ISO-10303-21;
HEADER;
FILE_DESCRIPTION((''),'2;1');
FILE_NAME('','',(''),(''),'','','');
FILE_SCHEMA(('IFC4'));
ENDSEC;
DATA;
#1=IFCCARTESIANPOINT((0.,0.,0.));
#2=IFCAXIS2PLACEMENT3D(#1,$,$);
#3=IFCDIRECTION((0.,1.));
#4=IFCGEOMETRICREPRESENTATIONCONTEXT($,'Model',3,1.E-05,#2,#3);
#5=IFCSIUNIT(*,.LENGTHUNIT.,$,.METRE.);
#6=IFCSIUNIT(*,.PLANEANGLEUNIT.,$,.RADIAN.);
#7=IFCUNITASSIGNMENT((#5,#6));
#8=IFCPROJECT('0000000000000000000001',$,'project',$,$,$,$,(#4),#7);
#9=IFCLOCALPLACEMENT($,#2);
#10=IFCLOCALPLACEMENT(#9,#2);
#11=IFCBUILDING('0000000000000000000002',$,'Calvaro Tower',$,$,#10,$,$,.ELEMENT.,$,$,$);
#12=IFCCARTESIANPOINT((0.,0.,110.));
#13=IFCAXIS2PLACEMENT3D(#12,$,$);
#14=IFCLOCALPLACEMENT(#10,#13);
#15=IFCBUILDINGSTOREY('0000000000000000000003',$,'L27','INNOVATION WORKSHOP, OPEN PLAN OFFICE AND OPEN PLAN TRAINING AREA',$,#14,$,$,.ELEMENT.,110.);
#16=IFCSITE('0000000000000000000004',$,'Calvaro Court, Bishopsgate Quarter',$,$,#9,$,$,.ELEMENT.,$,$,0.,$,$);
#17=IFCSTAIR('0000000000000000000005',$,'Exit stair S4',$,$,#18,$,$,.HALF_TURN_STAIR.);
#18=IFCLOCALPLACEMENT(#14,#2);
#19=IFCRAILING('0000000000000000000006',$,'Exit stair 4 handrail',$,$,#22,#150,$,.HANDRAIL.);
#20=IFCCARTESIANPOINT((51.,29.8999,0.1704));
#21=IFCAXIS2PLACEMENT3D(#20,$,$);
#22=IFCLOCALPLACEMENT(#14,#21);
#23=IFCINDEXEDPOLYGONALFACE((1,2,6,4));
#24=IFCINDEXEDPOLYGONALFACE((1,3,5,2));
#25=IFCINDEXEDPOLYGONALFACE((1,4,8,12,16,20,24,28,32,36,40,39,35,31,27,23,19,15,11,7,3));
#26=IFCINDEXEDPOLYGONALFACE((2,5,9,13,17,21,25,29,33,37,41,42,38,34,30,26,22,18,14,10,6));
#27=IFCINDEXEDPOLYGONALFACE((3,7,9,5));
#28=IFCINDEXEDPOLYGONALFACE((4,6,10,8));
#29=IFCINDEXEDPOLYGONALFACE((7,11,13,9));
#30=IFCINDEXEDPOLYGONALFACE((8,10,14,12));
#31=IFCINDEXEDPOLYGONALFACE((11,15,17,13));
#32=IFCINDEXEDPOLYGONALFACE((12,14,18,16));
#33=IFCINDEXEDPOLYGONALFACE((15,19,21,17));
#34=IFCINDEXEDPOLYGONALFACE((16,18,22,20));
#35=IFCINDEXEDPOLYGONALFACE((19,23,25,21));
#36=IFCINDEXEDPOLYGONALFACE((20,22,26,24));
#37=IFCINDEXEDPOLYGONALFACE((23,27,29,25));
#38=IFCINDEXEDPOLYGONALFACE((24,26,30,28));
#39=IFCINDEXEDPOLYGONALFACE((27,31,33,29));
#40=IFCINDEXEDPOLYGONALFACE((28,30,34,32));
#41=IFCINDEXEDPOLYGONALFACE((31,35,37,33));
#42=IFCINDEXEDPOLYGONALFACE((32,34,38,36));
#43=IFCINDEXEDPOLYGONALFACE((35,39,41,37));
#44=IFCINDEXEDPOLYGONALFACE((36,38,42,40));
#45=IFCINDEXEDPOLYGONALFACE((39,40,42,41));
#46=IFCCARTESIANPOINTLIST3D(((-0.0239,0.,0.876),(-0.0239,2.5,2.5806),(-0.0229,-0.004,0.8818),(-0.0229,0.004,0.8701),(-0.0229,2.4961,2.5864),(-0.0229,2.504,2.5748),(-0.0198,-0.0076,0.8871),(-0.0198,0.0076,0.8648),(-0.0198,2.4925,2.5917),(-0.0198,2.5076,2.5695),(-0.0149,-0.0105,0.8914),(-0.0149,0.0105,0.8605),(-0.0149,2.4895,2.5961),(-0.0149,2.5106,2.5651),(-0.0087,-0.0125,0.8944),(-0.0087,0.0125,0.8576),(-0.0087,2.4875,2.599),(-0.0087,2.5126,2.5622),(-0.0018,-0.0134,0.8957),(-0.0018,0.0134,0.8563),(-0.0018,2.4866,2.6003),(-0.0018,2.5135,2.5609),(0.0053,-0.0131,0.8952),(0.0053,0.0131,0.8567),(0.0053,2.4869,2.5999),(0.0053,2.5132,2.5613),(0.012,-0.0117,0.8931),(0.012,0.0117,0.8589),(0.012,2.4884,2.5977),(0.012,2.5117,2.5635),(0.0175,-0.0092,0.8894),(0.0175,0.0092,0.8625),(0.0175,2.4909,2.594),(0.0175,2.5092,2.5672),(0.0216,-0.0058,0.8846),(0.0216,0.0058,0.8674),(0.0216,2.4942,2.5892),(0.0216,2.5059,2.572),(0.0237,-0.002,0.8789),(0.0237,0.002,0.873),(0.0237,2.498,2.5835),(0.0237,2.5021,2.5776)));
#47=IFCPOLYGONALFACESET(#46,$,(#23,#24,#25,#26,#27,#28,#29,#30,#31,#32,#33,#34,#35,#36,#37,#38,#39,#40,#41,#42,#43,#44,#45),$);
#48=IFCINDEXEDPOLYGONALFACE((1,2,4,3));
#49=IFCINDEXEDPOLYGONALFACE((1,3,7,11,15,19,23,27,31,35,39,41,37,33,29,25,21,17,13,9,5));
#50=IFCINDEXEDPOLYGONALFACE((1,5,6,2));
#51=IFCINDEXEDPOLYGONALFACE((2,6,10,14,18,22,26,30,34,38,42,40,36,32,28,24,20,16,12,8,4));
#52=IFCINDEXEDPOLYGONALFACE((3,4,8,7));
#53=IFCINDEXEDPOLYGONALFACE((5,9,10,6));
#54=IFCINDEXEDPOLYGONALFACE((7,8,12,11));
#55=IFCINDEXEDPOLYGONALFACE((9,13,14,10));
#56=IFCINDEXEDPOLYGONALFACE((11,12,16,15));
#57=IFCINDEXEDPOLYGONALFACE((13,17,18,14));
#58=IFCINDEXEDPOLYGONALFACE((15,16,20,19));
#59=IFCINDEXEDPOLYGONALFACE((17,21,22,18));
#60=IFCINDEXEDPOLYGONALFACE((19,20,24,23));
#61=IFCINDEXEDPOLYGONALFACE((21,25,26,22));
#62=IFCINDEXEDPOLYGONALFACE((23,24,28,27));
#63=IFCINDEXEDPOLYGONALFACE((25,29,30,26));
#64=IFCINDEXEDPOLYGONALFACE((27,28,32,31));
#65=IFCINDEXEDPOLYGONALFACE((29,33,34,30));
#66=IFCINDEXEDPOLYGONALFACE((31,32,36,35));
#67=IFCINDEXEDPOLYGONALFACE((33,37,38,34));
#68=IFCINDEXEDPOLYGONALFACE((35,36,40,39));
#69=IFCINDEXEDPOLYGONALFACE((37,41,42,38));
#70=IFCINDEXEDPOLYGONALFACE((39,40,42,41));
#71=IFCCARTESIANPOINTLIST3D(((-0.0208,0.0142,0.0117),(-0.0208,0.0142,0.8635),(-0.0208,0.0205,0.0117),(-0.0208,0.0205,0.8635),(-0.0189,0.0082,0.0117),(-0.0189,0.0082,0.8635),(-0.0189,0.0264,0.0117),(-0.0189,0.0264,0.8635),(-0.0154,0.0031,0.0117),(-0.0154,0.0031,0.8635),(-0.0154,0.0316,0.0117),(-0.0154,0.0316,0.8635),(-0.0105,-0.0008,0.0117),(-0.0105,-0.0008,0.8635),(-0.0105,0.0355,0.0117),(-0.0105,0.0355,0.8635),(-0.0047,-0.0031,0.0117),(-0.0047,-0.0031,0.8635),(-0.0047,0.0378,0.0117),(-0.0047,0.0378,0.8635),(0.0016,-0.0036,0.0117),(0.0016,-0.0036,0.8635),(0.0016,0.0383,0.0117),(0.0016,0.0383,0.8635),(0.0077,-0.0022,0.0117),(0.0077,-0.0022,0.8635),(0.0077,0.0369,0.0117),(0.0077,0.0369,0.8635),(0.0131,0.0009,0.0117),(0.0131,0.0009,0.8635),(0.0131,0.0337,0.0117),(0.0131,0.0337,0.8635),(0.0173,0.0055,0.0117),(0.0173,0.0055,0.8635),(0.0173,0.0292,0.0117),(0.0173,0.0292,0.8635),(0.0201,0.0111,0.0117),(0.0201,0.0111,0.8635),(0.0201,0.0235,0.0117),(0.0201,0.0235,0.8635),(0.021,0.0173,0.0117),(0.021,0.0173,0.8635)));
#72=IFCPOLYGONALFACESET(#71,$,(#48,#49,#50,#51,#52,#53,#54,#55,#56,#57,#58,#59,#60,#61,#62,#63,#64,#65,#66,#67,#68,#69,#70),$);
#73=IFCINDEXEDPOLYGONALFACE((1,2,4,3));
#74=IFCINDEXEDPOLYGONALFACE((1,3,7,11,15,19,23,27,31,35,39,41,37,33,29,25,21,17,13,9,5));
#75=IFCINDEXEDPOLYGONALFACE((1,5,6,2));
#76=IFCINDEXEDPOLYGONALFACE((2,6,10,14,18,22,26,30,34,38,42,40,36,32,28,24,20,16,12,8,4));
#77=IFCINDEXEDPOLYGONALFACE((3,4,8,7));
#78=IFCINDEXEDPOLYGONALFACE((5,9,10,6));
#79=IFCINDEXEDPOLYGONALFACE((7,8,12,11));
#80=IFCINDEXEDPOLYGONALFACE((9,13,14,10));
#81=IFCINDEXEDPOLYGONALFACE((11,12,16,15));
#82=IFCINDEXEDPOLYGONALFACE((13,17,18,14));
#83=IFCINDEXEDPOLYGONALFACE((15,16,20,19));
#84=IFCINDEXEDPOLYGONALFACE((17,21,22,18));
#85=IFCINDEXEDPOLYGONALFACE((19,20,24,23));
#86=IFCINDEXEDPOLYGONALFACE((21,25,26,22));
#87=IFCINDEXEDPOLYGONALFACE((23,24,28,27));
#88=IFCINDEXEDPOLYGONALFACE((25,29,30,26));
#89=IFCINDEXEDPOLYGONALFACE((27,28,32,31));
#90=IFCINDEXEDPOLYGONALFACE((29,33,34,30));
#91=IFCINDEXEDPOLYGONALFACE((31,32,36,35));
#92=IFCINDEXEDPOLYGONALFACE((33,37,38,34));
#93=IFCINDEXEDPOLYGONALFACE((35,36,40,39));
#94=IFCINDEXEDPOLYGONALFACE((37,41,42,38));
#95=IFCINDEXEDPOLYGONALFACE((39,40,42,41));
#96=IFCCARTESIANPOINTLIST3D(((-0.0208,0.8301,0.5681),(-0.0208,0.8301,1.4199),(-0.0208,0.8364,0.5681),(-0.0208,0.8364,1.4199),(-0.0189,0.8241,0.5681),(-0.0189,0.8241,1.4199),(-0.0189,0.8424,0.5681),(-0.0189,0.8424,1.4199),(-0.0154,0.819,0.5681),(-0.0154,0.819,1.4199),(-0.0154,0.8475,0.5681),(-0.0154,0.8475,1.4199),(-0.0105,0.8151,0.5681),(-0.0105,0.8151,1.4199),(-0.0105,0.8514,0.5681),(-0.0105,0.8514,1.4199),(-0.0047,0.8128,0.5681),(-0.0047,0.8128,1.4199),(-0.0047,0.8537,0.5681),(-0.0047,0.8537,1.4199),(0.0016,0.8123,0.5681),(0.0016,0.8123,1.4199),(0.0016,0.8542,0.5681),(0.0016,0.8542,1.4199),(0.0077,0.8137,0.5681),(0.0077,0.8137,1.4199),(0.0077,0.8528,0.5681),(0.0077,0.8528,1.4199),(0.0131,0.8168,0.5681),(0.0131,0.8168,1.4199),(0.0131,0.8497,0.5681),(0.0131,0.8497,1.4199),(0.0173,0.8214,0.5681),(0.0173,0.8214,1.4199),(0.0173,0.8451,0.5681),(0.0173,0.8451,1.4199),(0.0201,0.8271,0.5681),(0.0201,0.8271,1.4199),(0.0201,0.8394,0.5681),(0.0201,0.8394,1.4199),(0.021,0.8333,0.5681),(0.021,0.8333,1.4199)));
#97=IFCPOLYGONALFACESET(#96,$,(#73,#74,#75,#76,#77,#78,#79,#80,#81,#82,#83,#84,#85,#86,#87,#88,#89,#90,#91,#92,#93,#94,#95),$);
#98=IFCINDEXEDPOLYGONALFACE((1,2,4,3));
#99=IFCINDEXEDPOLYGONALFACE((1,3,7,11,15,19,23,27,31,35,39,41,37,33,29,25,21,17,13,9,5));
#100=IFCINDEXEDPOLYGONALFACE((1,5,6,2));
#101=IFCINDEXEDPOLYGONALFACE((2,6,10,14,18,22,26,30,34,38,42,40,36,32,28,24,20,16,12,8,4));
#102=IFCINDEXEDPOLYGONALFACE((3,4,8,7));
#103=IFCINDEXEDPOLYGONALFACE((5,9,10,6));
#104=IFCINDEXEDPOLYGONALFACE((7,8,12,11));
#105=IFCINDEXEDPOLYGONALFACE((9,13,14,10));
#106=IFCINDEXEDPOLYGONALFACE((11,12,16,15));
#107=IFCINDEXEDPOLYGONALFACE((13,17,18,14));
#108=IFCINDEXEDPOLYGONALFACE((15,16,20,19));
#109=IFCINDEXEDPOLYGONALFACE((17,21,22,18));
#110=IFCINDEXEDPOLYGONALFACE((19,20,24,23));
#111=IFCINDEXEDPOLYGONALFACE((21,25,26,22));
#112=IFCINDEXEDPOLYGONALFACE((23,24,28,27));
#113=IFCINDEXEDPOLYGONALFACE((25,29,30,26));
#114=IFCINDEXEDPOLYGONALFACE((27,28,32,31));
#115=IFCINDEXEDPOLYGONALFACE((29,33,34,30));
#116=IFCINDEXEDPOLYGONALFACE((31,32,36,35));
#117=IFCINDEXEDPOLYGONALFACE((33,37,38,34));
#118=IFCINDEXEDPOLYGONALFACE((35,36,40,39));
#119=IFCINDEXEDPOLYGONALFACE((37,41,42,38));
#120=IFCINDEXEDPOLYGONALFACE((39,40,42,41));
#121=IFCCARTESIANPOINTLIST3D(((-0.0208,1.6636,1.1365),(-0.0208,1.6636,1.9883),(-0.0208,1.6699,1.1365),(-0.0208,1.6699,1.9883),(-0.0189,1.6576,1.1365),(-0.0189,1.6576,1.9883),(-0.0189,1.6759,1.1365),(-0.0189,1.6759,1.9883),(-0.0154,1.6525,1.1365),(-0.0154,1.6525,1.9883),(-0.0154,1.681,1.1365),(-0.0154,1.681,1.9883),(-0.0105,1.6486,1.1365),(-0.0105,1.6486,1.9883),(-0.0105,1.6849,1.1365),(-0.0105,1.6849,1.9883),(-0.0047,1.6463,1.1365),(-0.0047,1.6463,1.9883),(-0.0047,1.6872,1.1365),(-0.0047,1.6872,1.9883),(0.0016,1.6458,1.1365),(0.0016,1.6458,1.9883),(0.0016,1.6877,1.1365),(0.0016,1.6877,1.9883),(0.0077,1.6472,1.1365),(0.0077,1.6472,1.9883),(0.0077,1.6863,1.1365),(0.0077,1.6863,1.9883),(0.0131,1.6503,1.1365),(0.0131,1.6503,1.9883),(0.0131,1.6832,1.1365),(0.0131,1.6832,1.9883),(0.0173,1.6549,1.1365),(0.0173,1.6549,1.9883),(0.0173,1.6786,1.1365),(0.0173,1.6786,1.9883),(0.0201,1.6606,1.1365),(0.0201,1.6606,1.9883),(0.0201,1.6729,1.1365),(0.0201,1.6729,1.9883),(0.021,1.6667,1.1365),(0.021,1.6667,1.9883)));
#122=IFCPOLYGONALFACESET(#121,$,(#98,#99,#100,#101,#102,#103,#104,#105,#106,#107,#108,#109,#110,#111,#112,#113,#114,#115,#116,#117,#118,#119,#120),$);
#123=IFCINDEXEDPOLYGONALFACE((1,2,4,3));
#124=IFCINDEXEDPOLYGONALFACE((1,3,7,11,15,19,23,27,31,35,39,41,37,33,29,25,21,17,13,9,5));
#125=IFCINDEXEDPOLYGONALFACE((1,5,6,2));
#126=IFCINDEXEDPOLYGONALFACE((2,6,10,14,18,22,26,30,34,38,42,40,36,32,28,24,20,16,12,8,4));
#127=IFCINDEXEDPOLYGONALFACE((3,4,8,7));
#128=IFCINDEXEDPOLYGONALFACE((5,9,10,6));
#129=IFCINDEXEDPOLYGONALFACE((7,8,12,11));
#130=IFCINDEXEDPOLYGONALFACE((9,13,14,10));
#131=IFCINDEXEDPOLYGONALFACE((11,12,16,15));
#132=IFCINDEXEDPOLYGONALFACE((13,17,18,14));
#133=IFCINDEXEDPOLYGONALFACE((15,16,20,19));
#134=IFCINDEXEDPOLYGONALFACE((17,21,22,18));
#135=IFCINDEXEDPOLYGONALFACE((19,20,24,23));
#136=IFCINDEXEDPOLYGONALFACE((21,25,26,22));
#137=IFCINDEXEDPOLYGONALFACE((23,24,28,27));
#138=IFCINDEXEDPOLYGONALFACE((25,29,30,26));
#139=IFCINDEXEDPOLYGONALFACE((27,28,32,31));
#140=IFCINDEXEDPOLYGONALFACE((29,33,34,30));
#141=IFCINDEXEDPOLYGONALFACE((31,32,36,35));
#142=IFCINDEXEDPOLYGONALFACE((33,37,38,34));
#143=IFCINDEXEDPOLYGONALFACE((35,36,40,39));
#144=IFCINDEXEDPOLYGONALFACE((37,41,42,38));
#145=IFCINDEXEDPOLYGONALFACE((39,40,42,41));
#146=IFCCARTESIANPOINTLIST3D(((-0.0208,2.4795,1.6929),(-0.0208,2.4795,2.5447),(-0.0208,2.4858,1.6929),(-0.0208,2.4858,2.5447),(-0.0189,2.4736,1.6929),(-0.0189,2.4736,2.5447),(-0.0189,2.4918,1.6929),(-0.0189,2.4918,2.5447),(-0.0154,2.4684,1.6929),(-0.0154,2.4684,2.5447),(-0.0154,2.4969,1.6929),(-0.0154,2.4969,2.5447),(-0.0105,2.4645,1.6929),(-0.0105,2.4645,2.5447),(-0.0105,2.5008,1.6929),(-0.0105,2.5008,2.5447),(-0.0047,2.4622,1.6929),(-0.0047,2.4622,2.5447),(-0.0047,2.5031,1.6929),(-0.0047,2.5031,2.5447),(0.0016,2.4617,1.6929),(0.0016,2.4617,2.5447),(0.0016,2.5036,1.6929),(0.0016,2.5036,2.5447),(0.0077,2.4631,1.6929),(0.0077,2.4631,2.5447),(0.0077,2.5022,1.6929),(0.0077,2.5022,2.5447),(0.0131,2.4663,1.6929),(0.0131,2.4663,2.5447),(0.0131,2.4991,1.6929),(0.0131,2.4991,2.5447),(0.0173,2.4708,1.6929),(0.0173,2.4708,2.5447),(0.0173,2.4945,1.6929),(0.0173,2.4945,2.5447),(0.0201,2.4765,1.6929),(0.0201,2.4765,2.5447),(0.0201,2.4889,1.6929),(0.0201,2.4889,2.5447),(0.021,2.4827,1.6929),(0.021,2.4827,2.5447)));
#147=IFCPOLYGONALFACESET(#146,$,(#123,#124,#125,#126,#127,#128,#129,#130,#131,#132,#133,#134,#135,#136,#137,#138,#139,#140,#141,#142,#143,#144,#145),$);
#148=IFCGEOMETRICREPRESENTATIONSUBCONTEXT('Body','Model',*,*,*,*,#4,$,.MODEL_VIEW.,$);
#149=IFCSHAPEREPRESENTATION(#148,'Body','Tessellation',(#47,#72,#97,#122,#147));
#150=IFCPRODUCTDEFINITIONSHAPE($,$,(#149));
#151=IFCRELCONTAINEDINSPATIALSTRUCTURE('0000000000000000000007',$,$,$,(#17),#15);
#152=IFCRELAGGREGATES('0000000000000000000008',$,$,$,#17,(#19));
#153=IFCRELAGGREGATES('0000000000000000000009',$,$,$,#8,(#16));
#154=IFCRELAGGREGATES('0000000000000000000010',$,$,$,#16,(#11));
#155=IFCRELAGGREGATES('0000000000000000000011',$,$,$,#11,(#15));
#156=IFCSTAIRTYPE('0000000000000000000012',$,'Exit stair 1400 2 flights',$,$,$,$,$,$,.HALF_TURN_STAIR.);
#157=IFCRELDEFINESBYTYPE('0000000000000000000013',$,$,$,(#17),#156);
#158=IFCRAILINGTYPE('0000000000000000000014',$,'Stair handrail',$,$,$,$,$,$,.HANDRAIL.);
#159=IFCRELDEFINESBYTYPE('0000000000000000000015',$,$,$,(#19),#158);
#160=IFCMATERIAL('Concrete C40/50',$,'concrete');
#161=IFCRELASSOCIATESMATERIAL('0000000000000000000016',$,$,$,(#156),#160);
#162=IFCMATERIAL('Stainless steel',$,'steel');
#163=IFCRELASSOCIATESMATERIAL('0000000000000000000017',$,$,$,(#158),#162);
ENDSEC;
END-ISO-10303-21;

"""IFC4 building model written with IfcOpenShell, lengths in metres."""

from ifc_helpers import new_model, si_unit, direction, frame, origin, origin_2d, place, context, subcontext, project, spatial, circle, extrude, material, type_object, element, aggregate, save


model = new_model("IFC4")

# Units and contexts
model_context = context("Model", 3, precision=1e-05, world=origin(), true_north=direction((0.0, 1.0)))
body_context = subcontext(model_context, "Body", "Model", "MODEL_VIEW")
ifc_project = project(units=[si_unit("LENGTHUNIT", "METRE"), si_unit("PLANEANGLEUNIT", "RADIAN")], contexts=[model_context])

# Site, building, storey
site_placement = place(None, origin())
site = spatial("IfcSite", under=ifc_project, at=site_placement, Name="Calvaro Court, Bishopsgate Quarter", CompositionType="ELEMENT", RefElevation=0.0)
building_placement = place(site_placement, origin())
building = spatial("IfcBuilding", under=site, at=building_placement, Name="Calvaro Tower", CompositionType="ELEMENT")
storey_placement = place(building_placement, frame((0.0, 0.0, 110.0)))
storey = spatial("IfcBuildingStorey", under=building, at=storey_placement, Name="L27", Description="INNOVATION WORKSHOP, OPEN PLAN OFFICE AND OPEN PLAN TRAINING AREA", CompositionType="ELEMENT", Elevation=110.0)

# Stair
ifc_material_1 = material(Name="Concrete C40/50", Category="concrete")
stair_type = type_object("IfcStairType", Name="Exit stair 1400 2 flights", PredefinedType="HALF_TURN_STAIR", material=ifc_material_1)
stair_1_placement = place(storey_placement, origin())
stair_1 = element("IfcStair", 1, at=stair_1_placement, inside=storey, type_object=stair_type, Name="Exit stair S4", PredefinedType="HALF_TURN_STAIR")

# Railing
ifc_material_2 = material(Name="Stainless steel", Category="steel")
railing_type = type_object("IfcRailingType", Name="Stair handrail", PredefinedType="HANDRAIL", material=ifc_material_2)
railing_1_placement = place(storey_placement, frame((51.0, 29.8999, 0.1704)))
railing_1 = element("IfcRailing", 2, at=railing_1_placement, type_object=railing_type, Name="Exit stair 4 handrail", PredefinedType="HANDRAIL", context=body_context, shape_type="SweptSolid", body=[
    extrude(circle(Radius=0.0239, at=origin_2d()), frame((0.0, 0.0, 0.876), z_axis=(0.0, 0.826221, 0.563347), x_axis=(-1.0, 0.0, 0.0)), (0.0, 0.0, 1.0), 3.0259),
    extrude(circle(Radius=0.021, at=origin_2d()), frame((0.0, 0.0173, 0.0117)), (0.0, 0.0, 1.0), 0.8518),
    extrude(circle(Radius=0.021, at=origin_2d()), frame((0.0, 0.8333, 0.5681)), (0.0, 0.0, 1.0), 0.8518),
    extrude(circle(Radius=0.021, at=origin_2d()), frame((0.0, 1.6667, 1.1365)), (0.0, 0.0, 1.0), 0.8518),
    extrude(circle(Radius=0.021, at=origin_2d()), frame((0.0, 2.4827, 1.6929)), (0.0, 0.0, 1.0), 0.8518),
])
aggregate(stair_1, [railing_1])

save(model, "model.ifc")
